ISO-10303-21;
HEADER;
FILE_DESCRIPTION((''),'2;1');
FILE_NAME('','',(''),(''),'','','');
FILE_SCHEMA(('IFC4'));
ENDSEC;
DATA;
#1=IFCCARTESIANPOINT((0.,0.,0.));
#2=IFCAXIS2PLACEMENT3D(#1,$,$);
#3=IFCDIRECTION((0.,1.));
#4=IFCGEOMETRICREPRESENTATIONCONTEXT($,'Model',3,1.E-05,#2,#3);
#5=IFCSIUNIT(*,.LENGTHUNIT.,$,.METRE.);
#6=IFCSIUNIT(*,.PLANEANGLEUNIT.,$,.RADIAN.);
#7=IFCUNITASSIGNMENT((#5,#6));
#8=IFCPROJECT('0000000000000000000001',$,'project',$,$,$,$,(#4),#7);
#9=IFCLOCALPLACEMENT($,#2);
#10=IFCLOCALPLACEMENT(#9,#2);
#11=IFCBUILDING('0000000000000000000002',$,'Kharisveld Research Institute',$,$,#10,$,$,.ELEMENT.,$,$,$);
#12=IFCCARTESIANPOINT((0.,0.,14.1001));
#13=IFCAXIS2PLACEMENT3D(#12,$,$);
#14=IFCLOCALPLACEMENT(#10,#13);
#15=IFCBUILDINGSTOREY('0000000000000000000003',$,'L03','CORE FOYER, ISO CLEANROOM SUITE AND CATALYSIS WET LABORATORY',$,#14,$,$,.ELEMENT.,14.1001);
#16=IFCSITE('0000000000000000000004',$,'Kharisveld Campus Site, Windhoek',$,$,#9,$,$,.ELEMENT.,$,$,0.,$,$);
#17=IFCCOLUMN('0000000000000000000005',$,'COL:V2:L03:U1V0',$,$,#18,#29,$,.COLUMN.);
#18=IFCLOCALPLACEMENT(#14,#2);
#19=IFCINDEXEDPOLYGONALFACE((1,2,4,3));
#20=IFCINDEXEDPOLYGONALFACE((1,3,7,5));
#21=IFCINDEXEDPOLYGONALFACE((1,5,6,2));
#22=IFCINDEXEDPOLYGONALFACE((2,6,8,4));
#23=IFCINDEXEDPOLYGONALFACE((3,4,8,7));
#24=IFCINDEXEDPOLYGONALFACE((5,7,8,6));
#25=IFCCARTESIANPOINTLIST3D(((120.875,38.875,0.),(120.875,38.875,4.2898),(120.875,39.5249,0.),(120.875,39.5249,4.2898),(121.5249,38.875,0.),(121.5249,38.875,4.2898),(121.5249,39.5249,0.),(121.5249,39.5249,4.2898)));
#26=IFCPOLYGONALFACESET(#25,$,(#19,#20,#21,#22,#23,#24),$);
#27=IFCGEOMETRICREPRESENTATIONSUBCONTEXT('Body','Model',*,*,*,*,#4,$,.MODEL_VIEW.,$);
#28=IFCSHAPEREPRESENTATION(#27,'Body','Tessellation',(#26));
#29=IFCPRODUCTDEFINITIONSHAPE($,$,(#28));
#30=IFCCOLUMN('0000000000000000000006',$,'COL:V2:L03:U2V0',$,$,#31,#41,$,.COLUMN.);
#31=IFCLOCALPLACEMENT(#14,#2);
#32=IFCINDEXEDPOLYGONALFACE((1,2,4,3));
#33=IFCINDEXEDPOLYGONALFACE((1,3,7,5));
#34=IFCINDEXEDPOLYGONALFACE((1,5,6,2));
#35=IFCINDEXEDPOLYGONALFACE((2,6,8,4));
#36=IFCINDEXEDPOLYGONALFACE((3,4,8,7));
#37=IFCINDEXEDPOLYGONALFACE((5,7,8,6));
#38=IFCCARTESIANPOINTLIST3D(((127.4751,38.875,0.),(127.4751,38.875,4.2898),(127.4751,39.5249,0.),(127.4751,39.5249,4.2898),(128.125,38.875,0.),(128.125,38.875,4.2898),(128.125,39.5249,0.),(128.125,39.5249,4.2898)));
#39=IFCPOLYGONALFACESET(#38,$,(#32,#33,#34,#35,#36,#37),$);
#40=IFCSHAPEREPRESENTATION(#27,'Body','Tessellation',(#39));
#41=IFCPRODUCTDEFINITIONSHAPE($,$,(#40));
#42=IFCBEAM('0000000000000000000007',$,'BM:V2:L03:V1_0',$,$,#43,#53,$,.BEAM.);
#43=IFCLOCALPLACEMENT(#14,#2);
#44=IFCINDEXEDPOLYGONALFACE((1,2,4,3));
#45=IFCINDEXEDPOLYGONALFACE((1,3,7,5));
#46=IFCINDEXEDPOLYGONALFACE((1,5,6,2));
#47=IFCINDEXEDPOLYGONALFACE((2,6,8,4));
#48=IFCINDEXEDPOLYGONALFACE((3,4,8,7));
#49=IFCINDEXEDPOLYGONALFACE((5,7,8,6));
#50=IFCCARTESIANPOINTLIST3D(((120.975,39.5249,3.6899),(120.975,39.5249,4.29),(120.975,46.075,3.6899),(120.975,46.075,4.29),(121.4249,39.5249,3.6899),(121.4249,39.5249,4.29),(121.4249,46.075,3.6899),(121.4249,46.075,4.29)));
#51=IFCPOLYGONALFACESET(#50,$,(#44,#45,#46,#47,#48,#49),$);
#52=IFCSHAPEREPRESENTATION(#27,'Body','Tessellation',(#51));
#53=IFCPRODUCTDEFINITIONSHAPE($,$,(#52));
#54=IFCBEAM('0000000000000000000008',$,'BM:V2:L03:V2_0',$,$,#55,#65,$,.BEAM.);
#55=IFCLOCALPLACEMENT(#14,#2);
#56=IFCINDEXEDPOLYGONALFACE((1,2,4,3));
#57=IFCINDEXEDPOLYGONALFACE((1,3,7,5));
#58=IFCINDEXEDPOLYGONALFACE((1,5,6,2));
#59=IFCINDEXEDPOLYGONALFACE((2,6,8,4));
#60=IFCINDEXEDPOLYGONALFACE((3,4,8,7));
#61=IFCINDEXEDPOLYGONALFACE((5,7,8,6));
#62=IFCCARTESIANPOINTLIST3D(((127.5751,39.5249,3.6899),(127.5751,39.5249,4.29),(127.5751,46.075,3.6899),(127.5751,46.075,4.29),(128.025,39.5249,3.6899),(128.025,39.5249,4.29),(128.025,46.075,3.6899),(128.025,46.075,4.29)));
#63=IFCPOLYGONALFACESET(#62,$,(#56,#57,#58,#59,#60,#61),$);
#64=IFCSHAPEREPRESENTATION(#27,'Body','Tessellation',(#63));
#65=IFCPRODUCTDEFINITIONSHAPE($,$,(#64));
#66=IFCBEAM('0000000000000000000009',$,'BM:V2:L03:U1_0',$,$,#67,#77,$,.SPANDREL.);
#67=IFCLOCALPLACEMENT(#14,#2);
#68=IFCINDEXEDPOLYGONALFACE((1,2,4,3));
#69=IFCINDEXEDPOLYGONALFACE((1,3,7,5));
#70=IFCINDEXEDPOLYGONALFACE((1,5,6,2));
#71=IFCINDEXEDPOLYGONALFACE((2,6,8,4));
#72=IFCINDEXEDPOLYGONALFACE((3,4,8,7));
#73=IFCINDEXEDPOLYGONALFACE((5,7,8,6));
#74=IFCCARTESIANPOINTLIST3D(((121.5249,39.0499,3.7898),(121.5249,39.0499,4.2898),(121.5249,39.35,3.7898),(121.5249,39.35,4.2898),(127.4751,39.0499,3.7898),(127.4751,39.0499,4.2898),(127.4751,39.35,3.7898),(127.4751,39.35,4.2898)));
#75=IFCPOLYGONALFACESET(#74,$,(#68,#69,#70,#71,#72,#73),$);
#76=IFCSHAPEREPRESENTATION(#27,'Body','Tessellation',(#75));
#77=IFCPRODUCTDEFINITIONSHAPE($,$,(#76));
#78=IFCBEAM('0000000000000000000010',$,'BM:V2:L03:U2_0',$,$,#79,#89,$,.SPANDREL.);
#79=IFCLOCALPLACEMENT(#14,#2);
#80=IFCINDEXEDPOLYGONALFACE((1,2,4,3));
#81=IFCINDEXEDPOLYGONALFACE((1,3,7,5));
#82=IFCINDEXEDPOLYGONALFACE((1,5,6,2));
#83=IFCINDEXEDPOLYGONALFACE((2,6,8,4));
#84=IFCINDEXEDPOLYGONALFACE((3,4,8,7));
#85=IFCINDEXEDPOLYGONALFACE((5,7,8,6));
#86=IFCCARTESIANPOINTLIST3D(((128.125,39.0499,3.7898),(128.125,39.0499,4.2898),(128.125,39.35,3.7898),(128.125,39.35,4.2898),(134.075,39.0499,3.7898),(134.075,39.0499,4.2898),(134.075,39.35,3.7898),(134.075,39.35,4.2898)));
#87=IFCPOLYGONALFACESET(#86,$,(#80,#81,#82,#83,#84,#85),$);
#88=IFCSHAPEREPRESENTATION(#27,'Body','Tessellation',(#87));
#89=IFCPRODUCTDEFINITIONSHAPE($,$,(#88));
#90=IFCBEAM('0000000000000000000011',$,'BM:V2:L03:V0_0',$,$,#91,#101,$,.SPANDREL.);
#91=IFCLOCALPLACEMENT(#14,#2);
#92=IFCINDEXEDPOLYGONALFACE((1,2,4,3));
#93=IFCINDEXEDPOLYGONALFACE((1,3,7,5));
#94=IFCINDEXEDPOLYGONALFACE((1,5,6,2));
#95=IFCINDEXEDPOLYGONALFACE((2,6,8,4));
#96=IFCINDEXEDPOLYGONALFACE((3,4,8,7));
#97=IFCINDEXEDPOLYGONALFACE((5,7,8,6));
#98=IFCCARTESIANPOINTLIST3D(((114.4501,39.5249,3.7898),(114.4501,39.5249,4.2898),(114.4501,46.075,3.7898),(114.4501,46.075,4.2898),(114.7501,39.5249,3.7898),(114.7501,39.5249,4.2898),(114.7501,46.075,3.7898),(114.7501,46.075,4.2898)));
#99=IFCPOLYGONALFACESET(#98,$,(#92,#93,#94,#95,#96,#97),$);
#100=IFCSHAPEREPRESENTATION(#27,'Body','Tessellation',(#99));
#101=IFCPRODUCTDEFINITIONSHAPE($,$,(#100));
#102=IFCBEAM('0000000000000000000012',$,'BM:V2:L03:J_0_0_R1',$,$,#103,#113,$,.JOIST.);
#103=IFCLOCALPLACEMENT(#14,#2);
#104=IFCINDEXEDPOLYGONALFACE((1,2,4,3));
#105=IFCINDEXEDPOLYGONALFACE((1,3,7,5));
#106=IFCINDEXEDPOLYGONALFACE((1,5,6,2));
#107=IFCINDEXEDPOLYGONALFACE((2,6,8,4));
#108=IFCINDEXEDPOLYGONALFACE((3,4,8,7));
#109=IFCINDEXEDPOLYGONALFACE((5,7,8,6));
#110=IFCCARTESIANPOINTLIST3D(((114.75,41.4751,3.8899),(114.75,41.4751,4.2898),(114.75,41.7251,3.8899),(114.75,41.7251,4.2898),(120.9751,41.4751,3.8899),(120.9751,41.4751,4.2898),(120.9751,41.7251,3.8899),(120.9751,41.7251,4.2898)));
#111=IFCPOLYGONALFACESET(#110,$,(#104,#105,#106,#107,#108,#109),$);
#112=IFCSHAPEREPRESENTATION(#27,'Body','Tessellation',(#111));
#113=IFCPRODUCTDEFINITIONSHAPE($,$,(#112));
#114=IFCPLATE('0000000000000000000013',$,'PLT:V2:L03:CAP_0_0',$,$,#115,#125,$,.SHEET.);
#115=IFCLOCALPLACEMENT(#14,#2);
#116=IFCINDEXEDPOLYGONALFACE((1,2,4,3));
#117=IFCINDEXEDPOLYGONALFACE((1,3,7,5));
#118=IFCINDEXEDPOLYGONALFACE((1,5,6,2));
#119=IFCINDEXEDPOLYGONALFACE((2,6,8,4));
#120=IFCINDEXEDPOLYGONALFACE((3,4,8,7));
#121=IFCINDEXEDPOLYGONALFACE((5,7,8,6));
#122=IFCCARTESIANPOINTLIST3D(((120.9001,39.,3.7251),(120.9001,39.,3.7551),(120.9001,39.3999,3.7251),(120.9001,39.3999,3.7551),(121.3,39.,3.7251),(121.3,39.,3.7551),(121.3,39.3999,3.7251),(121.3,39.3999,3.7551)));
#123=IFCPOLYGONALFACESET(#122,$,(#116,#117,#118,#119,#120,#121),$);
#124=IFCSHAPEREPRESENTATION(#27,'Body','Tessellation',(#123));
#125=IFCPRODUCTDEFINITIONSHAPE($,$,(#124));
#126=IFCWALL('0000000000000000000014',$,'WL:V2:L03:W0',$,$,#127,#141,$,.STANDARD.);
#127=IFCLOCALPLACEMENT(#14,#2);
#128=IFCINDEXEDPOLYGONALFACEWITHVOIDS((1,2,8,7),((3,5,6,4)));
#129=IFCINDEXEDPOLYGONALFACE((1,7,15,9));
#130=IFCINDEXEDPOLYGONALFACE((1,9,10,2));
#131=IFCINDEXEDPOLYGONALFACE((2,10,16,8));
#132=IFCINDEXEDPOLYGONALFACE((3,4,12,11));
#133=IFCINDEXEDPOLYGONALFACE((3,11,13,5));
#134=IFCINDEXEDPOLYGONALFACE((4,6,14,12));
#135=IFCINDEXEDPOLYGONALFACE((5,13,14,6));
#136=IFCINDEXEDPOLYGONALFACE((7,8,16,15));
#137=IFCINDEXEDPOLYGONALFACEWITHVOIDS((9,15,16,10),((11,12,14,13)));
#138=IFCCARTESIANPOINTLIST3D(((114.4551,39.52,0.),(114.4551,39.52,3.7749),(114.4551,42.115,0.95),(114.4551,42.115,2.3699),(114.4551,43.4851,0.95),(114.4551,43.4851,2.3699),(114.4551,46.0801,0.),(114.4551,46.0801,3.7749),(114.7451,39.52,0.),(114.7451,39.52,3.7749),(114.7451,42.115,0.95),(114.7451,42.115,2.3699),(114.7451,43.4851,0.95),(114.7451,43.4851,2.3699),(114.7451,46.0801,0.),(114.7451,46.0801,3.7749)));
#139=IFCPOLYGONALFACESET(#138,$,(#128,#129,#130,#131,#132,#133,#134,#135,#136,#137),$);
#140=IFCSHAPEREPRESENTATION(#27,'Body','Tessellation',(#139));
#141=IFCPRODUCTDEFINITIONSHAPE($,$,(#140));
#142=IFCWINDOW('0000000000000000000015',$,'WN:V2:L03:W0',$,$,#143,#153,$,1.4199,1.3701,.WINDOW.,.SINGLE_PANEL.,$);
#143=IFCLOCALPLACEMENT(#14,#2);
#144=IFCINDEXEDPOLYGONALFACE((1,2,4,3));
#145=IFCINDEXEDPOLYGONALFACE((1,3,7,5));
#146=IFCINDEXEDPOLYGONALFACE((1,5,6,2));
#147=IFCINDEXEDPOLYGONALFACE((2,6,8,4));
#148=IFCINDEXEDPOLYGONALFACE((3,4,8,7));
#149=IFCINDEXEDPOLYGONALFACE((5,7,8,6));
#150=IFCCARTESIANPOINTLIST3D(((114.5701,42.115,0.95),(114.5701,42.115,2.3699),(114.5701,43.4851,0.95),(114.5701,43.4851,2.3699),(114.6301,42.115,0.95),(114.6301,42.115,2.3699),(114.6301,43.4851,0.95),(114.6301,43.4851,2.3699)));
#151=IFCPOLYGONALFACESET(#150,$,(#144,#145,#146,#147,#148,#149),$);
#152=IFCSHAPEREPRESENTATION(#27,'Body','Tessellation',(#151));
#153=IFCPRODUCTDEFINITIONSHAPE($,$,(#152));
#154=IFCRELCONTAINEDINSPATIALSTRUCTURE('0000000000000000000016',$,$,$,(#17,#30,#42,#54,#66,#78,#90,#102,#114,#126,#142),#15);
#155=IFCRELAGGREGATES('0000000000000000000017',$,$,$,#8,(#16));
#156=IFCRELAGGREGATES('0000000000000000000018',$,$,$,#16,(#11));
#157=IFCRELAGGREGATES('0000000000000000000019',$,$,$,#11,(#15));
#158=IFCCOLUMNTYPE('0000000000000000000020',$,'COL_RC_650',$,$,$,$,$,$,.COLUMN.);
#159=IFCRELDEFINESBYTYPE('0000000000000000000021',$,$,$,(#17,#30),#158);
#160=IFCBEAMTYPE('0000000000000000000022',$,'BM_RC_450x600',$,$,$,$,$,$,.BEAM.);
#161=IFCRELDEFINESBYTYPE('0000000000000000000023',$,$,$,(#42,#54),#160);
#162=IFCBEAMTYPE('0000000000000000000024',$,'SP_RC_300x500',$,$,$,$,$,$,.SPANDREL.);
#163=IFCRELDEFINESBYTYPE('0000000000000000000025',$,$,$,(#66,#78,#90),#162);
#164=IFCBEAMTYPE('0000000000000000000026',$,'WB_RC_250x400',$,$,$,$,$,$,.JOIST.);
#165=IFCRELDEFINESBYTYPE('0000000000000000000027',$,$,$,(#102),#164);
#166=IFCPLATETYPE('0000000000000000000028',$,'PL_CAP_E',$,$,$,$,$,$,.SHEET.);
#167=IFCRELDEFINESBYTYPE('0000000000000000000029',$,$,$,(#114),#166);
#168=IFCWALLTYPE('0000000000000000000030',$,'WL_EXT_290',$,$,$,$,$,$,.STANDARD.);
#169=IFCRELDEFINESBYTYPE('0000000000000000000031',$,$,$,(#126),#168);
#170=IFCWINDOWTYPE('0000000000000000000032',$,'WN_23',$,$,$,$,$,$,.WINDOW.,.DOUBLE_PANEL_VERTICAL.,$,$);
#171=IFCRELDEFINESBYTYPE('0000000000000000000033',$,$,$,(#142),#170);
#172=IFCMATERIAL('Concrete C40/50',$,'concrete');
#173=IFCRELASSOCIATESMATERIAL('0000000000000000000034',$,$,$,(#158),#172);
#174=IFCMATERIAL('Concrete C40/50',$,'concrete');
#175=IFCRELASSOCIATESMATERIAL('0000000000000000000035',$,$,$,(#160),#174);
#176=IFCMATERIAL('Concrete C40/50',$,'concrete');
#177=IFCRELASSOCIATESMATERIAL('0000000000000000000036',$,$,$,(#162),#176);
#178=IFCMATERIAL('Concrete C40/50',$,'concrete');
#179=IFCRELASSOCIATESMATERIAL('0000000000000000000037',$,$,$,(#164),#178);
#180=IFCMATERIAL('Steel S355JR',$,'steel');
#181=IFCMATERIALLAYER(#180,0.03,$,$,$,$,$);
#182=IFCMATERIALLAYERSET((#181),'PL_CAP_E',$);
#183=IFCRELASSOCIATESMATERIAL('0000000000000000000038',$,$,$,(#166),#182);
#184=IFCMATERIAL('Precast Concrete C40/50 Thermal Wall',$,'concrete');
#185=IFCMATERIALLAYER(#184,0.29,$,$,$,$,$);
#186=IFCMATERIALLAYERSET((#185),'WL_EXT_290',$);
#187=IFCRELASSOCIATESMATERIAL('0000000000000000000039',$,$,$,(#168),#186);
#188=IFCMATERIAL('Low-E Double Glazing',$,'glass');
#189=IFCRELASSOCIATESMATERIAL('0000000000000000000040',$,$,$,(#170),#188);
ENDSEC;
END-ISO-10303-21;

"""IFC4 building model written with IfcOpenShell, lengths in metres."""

from ifc_helpers import new_model, si_unit, direction, frame, frame_2d, origin, origin_2d, place, context, subcontext, project, spatial, rectangle, extrude, material, layer, layer_set, material_profile, profile_set, type_object, element, fill, save


model = new_model("IFC4")

# Units and contexts
model_context = context("Model", 3, precision=1e-05, world=origin(), true_north=direction((0.0, 1.0)))
body_context = subcontext(model_context, "Body", "Model", "MODEL_VIEW")
ifc_project = project(units=[si_unit("LENGTHUNIT", "METRE"), si_unit("PLANEANGLEUNIT", "RADIAN")], contexts=[model_context])

# Site, building, storey
site_placement = place(None, origin())
site = spatial("IfcSite", under=ifc_project, at=site_placement, Name="Kharisveld Campus Site, Windhoek", CompositionType="ELEMENT", RefElevation=0.0)
building_placement = place(site_placement, origin())
building = spatial("IfcBuilding", under=site, at=building_placement, Name="Kharisveld Research Institute", CompositionType="ELEMENT")
storey_placement = place(building_placement, frame((0.0, 0.0, 14.1001)))
storey = spatial("IfcBuildingStorey", under=building, at=storey_placement, Name="L03", Description="CORE FOYER, ISO CLEANROOM SUITE AND CATALYSIS WET LABORATORY", CompositionType="ELEMENT", Elevation=14.1001)

# Columns
ifc_material_1 = material(Name="Concrete C40/50", Category="concrete")
ifc_material_profile_1 = material_profile(ifc_material_1, rectangle(XDim=0.6499, YDim=0.6499, at=origin_2d()))
ifc_profile_set_1 = profile_set([ifc_material_profile_1], Name="Concrete C40/50")
column_type = type_object("IfcColumnType", Name="COL_RC_650", PredefinedType="COLUMN", material=ifc_profile_set_1)
for number, where, z_axis, x_axis, name in (
    (1, (121.2, 39.2, 0.0), (0.0, 0.0, 1.0), (1.0, 0.0, 0.0), "COL:V2:L03:U1V0"),
    (2, (127.8, 39.2, 0.0), (0.0, 0.0, 1.0), (1.0, 0.0, 0.0), "COL:V2:L03:U2V0"),
):
    element("IfcColumn", number, at=place(storey_placement, frame(where, z_axis=z_axis, x_axis=x_axis)), inside=storey, type_object=column_type, Name=name, PredefinedType="COLUMN", context=body_context, shape_type="SweptSolid", body=[
        extrude(rectangle(XDim=0.6499, YDim=0.6499, at=origin_2d()), origin(), (0.0, 0.0, 1.0), 4.2898),
    ])

# Beams
ifc_material_2 = material(Name="Concrete C40/50", Category="concrete")
ifc_material_profile_2 = material_profile(ifc_material_2, rectangle(XDim=0.45, YDim=0.6001, at=origin_2d()))
ifc_profile_set_2 = profile_set([ifc_material_profile_2], Name="Concrete C40/50")
beam_type_1 = type_object("IfcBeamType", Name="BM_RC_450x600", PredefinedType="BEAM", material=ifc_profile_set_2)
for number, where, z_axis, x_axis, name in (
    (3, (121.2, 39.5249, 3.99), (0.0, 1.0, 0.0), (-1.0, 0.0, 0.0), "BM:V2:L03:V1_0"),
    (4, (127.8, 39.5249, 3.99), (0.0, 1.0, 0.0), (-1.0, 0.0, 0.0), "BM:V2:L03:V2_0"),
):
    element("IfcBeam", number, at=place(storey_placement, frame(where, z_axis=z_axis, x_axis=x_axis)), inside=storey, type_object=beam_type_1, Name=name, PredefinedType="BEAM", context=body_context, shape_type="SweptSolid", body=[
        extrude(rectangle(XDim=0.45, YDim=0.6001, at=origin_2d()), origin(), (0.0, 0.0, 1.0), 6.55),
    ])
ifc_material_3 = material(Name="Concrete C40/50", Category="concrete")
ifc_material_profile_3 = material_profile(ifc_material_3, rectangle(XDim=0.3, YDim=0.5, at=origin_2d()))
ifc_profile_set_3 = profile_set([ifc_material_profile_3], Name="Concrete C40/50")
beam_type_2 = type_object("IfcBeamType", Name="SP_RC_300x500", PredefinedType="SPANDREL", material=ifc_profile_set_3)
beam_1_placement = place(storey_placement, frame((121.5249, 39.2, 4.0398), z_axis=(1.0, 0.0, 0.0), x_axis=(0.0, 1.0, 0.0)))
element("IfcBeam", 5, at=beam_1_placement, inside=storey, type_object=beam_type_2, Name="BM:V2:L03:U1_0", PredefinedType="SPANDREL", context=body_context, shape_type="SweptSolid", body=[
    extrude(rectangle(XDim=0.3, YDim=0.5, at=origin_2d()), origin(), (0.0, 0.0, 1.0), 5.9502),
])
beam_2_placement = place(storey_placement, frame((128.125, 39.2, 4.0398), z_axis=(1.0, 0.0, 0.0), x_axis=(0.0, 1.0, 0.0)))
element("IfcBeam", 6, at=beam_2_placement, inside=storey, type_object=beam_type_2, Name="BM:V2:L03:U2_0", PredefinedType="SPANDREL", context=body_context, shape_type="SweptSolid", body=[
    extrude(rectangle(XDim=0.3, YDim=0.5, at=origin_2d()), origin(), (0.0, 0.0, 1.0), 5.95),
])
beam_3_placement = place(storey_placement, frame((114.6001, 39.5249, 4.0398), z_axis=(0.0, 1.0, 0.0), x_axis=(-1.0, 0.0, 0.0)))
element("IfcBeam", 7, at=beam_3_placement, inside=storey, type_object=beam_type_2, Name="BM:V2:L03:V0_0", PredefinedType="SPANDREL", context=body_context, shape_type="SweptSolid", body=[
    extrude(rectangle(XDim=0.3, YDim=0.5, at=origin_2d()), origin(), (0.0, 0.0, 1.0), 6.55),
])
ifc_material_4 = material(Name="Concrete C40/50", Category="concrete")
ifc_material_profile_4 = material_profile(ifc_material_4, rectangle(XDim=0.25, YDim=0.3999, at=origin_2d()))
ifc_profile_set_4 = profile_set([ifc_material_profile_4], Name="Concrete C40/50")
beam_type_3 = type_object("IfcBeamType", Name="WB_RC_250x400", PredefinedType="JOIST", material=ifc_profile_set_4)
beam_4_placement = place(storey_placement, frame((114.75, 41.6001, 4.0898), z_axis=(1.0, 0.0, 0.0), x_axis=(0.0, 1.0, 0.0)))
element("IfcBeam", 8, at=beam_4_placement, inside=storey, type_object=beam_type_3, Name="BM:V2:L03:J_0_0_R1", PredefinedType="JOIST", context=body_context, shape_type="SweptSolid", body=[
    extrude(rectangle(XDim=0.25, YDim=0.3999, at=origin_2d()), origin(), (0.0, 0.0, 1.0), 6.2251),
])

# Plate
ifc_material_5 = material(Name="Steel S355JR", Category="steel")
ifc_layer_1 = layer(ifc_material_5, 0.03)
ifc_layer_set_1 = layer_set([ifc_layer_1], Name="PL_CAP_E")
plate_type = type_object("IfcPlateType", Name="PL_CAP_E", PredefinedType="SHEET", material=ifc_layer_set_1)
plate_placement = place(storey_placement, frame((121.1001, 39.2, 3.7251), z_axis=(0.0, 0.0, 1.0), x_axis=(1.0, 0.0, 0.0)))
element("IfcPlate", 9, at=plate_placement, inside=storey, type_object=plate_type, Name="PLT:V2:L03:CAP_0_0", PredefinedType="SHEET", context=body_context, shape_type="SweptSolid", body=[
    extrude(rectangle(XDim=0.3999, YDim=0.3999, at=origin_2d()), origin(), (0.0, 0.0, 1.0), 0.03),
])

# Wall, opening, window
ifc_material_6 = material(Name="Precast Concrete C40/50 Thermal Wall", Category="concrete")
ifc_layer_2 = layer(ifc_material_6, 0.29)
ifc_layer_set_2 = layer_set([ifc_layer_2], Name="WL_EXT_290")
wall_type_1 = type_object("IfcWallType", Name="WL_EXT_290", PredefinedType="STANDARD", material=ifc_layer_set_2)
wall_1_placement = place(storey_placement, frame((114.6001, 39.52, 0.0), z_axis=(0.0, 0.0, 1.0), x_axis=(0.0, 1.0, 0.0)))
wall_1 = element("IfcWall", 10, at=wall_1_placement, inside=storey, type_object=wall_type_1, Name="WL:V2:L03:W0", PredefinedType="STANDARD", context=body_context, shape_type="SweptSolid", body=[
    extrude(rectangle(XDim=6.5601, YDim=0.29, at=frame_2d((3.28, 0.0))), origin(), (0.0, 0.0, 1.0), 3.7749),
])
opening_1_placement = place(wall_1_placement, frame((2.595, 0.0, 0.95)))
opening_1 = element("IfcOpeningElement", 11, at=opening_1_placement, cuts=wall_1, PredefinedType="OPENING", context=body_context, shape_type="SweptSolid", body=[
    extrude(rectangle(XDim=1.3701, YDim=1.4199, at=frame_2d((0.6851, 0.71))), frame((0.0, 0.145, 0.0), z_axis=(0.0, -1.0, 0.0), x_axis=(1.0, 0.0, 0.0)), (0.0, 0.0, 1.0), 0.29),
])
ifc_material_7 = material(Name="Low-E Double Glazing", Category="glass")
window_type_1 = type_object("IfcWindowType", Name="WN_23", PartitioningType="DOUBLE_PANEL_VERTICAL", PredefinedType="WINDOW", material=ifc_material_7)
window_1_placement = place(opening_1_placement, origin())
window_1 = element("IfcWindow", 12, at=window_1_placement, inside=storey, type_object=window_type_1, Name="WN:V2:L03:W0", OverallHeight=1.4199, OverallWidth=1.3701, PartitioningType="SINGLE_PANEL", PredefinedType="WINDOW", context=body_context, shape_type="SweptSolid", body=[
    extrude(rectangle(XDim=1.3701, YDim=1.4199, at=frame_2d((0.6851, 0.71))), frame((0.0, 0.03, 0.0), z_axis=(0.0, -1.0, 0.0), x_axis=(1.0, 0.0, 0.0)), (0.0, 0.0, 1.0), 0.0601),
])
fill(opening_1, window_1)

save(model, "model.ifc")
